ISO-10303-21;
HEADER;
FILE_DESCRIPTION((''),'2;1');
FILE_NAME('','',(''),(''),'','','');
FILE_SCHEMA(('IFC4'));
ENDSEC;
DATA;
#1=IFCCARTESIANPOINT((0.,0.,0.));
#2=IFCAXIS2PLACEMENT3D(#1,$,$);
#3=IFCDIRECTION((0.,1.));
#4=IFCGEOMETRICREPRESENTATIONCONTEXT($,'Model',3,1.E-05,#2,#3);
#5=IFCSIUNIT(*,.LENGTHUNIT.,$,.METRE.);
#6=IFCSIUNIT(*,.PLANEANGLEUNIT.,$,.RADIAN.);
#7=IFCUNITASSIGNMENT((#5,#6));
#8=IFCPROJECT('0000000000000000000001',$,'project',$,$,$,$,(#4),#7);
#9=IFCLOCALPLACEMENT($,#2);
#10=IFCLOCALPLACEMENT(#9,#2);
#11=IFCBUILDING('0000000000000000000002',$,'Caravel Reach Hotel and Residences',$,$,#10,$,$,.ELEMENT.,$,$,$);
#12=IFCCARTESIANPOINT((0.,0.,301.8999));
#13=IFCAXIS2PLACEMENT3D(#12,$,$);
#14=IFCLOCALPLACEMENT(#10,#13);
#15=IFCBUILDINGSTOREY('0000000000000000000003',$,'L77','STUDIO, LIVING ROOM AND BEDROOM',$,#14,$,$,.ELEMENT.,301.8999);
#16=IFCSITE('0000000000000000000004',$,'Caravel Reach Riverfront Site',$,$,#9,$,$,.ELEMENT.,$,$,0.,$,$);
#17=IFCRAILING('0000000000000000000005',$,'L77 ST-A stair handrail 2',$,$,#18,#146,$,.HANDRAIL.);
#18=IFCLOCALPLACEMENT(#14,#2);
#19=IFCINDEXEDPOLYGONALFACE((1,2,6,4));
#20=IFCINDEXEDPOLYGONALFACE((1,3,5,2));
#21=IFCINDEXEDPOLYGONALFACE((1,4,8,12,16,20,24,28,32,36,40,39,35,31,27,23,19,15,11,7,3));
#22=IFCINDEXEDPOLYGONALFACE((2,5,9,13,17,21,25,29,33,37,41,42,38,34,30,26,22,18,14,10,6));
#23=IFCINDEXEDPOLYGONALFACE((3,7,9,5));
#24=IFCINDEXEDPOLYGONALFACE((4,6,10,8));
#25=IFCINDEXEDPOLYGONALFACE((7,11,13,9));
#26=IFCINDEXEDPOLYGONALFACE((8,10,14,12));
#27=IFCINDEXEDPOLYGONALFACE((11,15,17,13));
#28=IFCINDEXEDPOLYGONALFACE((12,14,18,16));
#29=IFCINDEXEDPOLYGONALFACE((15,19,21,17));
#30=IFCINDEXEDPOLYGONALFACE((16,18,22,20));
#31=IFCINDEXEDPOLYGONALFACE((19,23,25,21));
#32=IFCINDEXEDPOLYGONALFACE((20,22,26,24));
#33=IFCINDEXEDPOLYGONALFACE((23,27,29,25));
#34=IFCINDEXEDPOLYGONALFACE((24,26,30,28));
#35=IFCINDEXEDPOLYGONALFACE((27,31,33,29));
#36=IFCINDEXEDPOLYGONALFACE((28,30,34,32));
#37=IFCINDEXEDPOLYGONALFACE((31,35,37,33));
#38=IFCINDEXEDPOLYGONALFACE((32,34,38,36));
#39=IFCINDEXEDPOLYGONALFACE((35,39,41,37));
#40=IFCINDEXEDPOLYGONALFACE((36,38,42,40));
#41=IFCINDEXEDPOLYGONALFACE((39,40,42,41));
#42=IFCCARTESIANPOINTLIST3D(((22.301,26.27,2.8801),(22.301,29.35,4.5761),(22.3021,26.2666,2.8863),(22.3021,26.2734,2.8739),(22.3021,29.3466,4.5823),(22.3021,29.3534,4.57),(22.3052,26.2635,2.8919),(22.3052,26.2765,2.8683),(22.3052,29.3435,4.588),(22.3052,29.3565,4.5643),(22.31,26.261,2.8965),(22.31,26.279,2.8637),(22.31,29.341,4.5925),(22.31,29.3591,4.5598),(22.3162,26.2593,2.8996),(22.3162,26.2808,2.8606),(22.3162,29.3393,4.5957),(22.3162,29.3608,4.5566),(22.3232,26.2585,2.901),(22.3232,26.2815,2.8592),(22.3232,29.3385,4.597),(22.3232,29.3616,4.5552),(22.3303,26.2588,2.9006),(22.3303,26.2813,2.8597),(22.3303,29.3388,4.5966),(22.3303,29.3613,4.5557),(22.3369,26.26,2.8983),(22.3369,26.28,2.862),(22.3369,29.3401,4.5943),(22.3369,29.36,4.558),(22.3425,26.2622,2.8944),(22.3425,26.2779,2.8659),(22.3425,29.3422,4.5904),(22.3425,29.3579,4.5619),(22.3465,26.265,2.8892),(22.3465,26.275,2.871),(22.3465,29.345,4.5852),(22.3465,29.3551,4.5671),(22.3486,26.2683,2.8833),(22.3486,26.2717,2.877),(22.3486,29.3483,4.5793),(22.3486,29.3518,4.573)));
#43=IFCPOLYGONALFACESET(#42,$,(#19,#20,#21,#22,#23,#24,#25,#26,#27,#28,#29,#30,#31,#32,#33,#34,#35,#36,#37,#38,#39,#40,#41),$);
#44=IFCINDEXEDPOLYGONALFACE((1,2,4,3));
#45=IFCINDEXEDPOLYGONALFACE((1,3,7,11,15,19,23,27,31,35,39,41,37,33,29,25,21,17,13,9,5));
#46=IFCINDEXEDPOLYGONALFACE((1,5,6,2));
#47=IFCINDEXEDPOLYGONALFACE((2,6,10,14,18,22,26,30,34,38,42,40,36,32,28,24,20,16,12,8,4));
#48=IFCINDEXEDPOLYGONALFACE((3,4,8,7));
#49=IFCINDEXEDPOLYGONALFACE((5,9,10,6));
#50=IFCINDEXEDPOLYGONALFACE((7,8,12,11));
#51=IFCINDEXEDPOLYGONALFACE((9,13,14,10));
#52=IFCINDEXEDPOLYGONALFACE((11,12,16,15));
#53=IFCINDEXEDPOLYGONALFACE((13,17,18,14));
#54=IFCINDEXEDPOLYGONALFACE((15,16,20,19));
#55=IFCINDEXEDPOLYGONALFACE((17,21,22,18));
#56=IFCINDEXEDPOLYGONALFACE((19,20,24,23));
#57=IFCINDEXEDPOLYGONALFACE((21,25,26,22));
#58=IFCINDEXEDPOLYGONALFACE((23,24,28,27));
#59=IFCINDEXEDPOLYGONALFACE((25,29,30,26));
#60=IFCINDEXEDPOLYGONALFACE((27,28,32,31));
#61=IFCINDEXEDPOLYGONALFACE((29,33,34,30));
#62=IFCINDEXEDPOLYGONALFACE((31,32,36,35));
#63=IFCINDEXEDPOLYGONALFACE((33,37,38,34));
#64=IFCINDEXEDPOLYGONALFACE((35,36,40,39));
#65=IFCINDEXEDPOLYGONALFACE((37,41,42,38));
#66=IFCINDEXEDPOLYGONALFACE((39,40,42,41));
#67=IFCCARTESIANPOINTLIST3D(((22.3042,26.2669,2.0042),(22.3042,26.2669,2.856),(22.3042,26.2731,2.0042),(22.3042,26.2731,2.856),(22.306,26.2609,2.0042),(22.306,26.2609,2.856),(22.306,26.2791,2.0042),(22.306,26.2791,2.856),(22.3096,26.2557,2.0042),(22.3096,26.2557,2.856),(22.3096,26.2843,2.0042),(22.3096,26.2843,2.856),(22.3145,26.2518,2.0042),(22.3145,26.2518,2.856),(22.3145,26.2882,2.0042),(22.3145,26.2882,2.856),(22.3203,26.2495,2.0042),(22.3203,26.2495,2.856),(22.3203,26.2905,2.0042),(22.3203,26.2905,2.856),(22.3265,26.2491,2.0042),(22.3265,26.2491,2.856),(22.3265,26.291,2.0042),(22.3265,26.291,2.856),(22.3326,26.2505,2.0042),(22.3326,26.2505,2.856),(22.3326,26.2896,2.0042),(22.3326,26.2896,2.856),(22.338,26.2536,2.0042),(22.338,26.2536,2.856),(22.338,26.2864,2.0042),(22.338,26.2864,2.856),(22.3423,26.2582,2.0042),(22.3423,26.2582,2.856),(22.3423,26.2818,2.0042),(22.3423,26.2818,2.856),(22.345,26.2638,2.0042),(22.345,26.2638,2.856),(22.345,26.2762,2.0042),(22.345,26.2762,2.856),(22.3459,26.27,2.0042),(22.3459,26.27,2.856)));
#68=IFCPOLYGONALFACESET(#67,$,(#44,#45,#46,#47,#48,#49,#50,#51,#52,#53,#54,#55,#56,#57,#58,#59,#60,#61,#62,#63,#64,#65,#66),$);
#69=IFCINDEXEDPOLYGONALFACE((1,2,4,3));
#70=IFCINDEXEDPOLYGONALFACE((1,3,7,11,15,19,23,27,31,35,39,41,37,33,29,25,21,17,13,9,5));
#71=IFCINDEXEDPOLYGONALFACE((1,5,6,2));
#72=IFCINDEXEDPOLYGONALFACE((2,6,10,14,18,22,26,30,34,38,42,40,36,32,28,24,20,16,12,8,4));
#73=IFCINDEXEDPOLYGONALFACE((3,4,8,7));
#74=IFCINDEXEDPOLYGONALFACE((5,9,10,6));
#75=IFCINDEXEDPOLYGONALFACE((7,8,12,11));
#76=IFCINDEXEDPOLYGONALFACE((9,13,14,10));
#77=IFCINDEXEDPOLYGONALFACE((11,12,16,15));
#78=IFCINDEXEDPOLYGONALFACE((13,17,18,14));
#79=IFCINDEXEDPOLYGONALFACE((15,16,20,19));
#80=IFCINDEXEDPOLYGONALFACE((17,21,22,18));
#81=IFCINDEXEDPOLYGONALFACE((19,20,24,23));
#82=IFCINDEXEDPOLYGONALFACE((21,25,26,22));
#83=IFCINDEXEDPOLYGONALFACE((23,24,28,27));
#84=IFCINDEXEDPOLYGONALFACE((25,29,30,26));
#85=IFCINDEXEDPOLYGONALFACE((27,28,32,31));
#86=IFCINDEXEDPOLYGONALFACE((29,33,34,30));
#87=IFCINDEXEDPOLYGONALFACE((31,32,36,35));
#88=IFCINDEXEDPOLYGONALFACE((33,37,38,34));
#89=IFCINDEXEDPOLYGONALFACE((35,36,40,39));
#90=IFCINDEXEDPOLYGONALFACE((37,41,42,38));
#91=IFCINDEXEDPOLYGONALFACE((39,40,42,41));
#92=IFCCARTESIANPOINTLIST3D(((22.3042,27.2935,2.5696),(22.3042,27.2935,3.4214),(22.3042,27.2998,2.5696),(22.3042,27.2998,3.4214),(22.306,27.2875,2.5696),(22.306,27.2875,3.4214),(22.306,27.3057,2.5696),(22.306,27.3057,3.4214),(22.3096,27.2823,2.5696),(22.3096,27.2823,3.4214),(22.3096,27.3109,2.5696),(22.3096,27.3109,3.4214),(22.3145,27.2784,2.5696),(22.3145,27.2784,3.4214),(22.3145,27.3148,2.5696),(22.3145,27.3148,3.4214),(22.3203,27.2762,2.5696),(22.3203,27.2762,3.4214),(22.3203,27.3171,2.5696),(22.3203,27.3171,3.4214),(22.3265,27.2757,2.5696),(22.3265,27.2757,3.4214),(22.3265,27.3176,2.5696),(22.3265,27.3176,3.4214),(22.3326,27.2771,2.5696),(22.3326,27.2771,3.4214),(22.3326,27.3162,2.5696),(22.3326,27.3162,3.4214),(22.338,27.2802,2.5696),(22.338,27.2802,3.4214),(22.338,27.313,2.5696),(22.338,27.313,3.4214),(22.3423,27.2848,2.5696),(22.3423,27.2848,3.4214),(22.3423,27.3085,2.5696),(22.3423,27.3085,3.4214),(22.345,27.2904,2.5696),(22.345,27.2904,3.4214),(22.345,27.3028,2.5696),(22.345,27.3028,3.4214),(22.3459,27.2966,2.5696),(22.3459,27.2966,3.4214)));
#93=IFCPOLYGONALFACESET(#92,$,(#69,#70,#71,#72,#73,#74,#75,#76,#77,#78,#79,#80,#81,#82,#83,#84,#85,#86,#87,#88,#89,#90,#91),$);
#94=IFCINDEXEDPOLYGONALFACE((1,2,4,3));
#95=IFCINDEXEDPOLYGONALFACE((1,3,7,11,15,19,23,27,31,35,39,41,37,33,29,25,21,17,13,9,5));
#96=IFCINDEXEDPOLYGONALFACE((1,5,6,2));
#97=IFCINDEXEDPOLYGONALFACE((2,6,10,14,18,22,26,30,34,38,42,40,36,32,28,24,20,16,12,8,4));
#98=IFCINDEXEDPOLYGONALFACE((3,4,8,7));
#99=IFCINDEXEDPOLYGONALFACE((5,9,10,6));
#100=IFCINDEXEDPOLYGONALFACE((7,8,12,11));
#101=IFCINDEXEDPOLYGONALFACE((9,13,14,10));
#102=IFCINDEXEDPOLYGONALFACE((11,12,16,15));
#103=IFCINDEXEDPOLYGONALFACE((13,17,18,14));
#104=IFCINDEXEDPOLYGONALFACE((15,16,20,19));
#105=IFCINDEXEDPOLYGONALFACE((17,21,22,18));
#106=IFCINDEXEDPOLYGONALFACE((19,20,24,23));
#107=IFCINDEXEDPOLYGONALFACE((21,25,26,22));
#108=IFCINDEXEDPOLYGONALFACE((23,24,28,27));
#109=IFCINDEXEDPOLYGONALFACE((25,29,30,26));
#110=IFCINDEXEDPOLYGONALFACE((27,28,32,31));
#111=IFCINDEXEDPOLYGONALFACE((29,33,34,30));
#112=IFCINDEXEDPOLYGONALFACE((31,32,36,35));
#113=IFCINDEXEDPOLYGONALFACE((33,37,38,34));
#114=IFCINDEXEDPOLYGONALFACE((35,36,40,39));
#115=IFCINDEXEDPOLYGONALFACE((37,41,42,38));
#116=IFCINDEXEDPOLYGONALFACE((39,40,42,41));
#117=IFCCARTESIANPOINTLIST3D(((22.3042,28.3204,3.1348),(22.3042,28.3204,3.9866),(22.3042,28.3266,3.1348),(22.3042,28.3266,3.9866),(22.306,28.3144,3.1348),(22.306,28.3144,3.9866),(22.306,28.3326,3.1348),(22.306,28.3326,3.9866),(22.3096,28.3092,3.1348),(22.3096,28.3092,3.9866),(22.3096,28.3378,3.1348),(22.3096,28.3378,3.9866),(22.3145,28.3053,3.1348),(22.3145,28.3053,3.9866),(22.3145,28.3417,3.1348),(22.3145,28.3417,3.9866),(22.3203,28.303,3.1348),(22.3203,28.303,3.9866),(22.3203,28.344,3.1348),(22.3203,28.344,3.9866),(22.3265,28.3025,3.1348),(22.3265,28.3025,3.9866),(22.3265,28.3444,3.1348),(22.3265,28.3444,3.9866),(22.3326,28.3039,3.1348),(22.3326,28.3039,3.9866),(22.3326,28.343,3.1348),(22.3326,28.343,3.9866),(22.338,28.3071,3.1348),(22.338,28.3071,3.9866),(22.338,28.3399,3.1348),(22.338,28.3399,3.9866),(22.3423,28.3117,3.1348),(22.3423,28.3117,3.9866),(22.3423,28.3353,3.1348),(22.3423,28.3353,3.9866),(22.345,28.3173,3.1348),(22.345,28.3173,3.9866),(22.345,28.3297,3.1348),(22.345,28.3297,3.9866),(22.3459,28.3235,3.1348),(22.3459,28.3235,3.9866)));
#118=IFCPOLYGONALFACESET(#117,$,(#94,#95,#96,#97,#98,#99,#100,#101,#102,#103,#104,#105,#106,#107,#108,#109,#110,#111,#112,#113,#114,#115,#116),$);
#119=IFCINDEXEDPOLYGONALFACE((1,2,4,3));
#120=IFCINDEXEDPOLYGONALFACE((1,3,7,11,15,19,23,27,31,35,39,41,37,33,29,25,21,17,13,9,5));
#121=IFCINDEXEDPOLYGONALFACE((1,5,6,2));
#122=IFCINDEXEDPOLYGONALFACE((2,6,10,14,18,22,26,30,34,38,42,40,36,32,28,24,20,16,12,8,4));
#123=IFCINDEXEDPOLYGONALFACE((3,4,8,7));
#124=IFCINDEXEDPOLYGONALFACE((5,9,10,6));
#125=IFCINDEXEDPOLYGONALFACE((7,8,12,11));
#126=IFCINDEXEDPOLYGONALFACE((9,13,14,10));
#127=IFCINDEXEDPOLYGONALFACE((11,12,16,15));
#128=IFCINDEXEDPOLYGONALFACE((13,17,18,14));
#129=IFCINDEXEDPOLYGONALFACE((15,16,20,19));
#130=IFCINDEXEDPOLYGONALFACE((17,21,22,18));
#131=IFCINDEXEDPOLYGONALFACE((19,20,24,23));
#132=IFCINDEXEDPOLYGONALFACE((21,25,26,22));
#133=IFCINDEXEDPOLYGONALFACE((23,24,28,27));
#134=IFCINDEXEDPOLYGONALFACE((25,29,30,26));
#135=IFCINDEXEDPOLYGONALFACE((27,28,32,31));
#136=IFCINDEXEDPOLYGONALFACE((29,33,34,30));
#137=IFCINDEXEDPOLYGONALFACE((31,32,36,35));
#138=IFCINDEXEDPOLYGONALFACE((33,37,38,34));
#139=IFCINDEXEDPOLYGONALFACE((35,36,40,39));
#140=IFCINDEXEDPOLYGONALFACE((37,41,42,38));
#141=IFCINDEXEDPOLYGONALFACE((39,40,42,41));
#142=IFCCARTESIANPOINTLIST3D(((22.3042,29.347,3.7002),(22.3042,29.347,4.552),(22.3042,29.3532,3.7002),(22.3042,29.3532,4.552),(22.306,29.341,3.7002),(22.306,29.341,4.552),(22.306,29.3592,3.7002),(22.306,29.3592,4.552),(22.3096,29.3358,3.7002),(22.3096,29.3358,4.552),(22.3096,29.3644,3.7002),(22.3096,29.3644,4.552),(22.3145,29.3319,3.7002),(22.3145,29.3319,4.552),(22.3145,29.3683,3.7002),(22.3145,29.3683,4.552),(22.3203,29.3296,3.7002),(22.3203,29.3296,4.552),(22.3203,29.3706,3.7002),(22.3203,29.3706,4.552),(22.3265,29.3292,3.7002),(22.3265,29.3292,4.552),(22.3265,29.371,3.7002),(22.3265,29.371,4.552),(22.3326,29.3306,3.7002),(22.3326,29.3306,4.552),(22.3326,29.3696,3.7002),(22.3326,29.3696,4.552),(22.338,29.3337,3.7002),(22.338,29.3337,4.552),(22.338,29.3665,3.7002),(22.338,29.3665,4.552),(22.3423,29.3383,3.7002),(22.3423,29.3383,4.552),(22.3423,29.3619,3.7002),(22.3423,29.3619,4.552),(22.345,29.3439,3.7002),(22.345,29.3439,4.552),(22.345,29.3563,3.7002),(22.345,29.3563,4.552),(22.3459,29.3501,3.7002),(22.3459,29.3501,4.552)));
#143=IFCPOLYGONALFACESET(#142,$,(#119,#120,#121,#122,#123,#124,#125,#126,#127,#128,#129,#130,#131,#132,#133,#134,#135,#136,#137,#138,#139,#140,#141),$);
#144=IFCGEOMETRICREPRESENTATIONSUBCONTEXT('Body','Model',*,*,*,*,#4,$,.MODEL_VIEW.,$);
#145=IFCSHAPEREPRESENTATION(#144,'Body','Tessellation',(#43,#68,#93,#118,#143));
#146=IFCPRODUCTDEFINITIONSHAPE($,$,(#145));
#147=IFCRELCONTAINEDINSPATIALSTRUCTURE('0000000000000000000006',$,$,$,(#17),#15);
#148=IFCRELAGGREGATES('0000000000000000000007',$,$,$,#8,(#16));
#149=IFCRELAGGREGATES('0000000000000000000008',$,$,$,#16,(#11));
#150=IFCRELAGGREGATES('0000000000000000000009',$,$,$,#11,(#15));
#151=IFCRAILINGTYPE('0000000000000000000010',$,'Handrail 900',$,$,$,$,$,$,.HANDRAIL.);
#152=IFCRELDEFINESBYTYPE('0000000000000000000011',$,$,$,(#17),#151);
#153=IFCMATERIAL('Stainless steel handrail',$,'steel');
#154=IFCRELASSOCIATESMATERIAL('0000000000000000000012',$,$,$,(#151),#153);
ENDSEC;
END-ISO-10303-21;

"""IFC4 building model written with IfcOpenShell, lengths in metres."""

from ifc_helpers import new_model, si_unit, direction, frame, origin, origin_2d, place, context, subcontext, project, spatial, circle, extrude, material, type_object, element, save


model = new_model("IFC4")

# Units and contexts
model_context = context("Model", 3, precision=1e-05, world=origin(), true_north=direction((0.0, 1.0)))
body_context = subcontext(model_context, "Body", "Model", "MODEL_VIEW")
ifc_project = project(units=[si_unit("LENGTHUNIT", "METRE"), si_unit("PLANEANGLEUNIT", "RADIAN")], contexts=[model_context])

# Site, building, storey
site_placement = place(None, origin())
site = spatial("IfcSite", under=ifc_project, at=site_placement, Name="Caravel Reach Riverfront Site", CompositionType="ELEMENT", RefElevation=0.0)
building_placement = place(site_placement, origin())
building = spatial("IfcBuilding", under=site, at=building_placement, Name="Caravel Reach Hotel and Residences", CompositionType="ELEMENT")
storey_placement = place(building_placement, frame((0.0, 0.0, 301.8999)))
storey = spatial("IfcBuildingStorey", under=building, at=storey_placement, Name="L77", Description="STUDIO, LIVING ROOM AND BEDROOM", CompositionType="ELEMENT", Elevation=301.8999)

# Railing
ifc_material_1 = material(Name="Stainless steel handrail", Category="steel")
railing_type_1 = type_object("IfcRailingType", Name="Handrail 900", PredefinedType="HANDRAIL", material=ifc_material_1)
railing_1_placement = place(storey_placement, frame((22.325, 26.27, 2.0042)))
element("IfcRailing", 1, at=railing_1_placement, inside=storey, type_object=railing_type_1, Name="L77 ST-A stair handrail 2", PredefinedType="HANDRAIL", context=body_context, shape_type="SweptSolid", body=[
    extrude(circle(Radius=0.0239, at=origin_2d()), frame((0.0, 0.0, 0.876), z_axis=(0.0, 0.875975, 0.482356), x_axis=(-1.0, 0.0, 0.0)), (0.0, 0.0, 1.0), 3.5161),
    extrude(circle(Radius=0.021, at=origin_2d()), origin(), (0.0, 0.0, 1.0), 0.8518),
    extrude(circle(Radius=0.021, at=origin_2d()), frame((0.0, 1.0266, 0.5654)), (0.0, 0.0, 1.0), 0.8518),
    extrude(circle(Radius=0.021, at=origin_2d()), frame((0.0, 2.0535, 1.1306)), (0.0, 0.0, 1.0), 0.8518),
    extrude(circle(Radius=0.021, at=origin_2d()), frame((0.0, 3.0801, 1.696)), (0.0, 0.0, 1.0), 0.8518),
])

save(model, "model.ifc")
